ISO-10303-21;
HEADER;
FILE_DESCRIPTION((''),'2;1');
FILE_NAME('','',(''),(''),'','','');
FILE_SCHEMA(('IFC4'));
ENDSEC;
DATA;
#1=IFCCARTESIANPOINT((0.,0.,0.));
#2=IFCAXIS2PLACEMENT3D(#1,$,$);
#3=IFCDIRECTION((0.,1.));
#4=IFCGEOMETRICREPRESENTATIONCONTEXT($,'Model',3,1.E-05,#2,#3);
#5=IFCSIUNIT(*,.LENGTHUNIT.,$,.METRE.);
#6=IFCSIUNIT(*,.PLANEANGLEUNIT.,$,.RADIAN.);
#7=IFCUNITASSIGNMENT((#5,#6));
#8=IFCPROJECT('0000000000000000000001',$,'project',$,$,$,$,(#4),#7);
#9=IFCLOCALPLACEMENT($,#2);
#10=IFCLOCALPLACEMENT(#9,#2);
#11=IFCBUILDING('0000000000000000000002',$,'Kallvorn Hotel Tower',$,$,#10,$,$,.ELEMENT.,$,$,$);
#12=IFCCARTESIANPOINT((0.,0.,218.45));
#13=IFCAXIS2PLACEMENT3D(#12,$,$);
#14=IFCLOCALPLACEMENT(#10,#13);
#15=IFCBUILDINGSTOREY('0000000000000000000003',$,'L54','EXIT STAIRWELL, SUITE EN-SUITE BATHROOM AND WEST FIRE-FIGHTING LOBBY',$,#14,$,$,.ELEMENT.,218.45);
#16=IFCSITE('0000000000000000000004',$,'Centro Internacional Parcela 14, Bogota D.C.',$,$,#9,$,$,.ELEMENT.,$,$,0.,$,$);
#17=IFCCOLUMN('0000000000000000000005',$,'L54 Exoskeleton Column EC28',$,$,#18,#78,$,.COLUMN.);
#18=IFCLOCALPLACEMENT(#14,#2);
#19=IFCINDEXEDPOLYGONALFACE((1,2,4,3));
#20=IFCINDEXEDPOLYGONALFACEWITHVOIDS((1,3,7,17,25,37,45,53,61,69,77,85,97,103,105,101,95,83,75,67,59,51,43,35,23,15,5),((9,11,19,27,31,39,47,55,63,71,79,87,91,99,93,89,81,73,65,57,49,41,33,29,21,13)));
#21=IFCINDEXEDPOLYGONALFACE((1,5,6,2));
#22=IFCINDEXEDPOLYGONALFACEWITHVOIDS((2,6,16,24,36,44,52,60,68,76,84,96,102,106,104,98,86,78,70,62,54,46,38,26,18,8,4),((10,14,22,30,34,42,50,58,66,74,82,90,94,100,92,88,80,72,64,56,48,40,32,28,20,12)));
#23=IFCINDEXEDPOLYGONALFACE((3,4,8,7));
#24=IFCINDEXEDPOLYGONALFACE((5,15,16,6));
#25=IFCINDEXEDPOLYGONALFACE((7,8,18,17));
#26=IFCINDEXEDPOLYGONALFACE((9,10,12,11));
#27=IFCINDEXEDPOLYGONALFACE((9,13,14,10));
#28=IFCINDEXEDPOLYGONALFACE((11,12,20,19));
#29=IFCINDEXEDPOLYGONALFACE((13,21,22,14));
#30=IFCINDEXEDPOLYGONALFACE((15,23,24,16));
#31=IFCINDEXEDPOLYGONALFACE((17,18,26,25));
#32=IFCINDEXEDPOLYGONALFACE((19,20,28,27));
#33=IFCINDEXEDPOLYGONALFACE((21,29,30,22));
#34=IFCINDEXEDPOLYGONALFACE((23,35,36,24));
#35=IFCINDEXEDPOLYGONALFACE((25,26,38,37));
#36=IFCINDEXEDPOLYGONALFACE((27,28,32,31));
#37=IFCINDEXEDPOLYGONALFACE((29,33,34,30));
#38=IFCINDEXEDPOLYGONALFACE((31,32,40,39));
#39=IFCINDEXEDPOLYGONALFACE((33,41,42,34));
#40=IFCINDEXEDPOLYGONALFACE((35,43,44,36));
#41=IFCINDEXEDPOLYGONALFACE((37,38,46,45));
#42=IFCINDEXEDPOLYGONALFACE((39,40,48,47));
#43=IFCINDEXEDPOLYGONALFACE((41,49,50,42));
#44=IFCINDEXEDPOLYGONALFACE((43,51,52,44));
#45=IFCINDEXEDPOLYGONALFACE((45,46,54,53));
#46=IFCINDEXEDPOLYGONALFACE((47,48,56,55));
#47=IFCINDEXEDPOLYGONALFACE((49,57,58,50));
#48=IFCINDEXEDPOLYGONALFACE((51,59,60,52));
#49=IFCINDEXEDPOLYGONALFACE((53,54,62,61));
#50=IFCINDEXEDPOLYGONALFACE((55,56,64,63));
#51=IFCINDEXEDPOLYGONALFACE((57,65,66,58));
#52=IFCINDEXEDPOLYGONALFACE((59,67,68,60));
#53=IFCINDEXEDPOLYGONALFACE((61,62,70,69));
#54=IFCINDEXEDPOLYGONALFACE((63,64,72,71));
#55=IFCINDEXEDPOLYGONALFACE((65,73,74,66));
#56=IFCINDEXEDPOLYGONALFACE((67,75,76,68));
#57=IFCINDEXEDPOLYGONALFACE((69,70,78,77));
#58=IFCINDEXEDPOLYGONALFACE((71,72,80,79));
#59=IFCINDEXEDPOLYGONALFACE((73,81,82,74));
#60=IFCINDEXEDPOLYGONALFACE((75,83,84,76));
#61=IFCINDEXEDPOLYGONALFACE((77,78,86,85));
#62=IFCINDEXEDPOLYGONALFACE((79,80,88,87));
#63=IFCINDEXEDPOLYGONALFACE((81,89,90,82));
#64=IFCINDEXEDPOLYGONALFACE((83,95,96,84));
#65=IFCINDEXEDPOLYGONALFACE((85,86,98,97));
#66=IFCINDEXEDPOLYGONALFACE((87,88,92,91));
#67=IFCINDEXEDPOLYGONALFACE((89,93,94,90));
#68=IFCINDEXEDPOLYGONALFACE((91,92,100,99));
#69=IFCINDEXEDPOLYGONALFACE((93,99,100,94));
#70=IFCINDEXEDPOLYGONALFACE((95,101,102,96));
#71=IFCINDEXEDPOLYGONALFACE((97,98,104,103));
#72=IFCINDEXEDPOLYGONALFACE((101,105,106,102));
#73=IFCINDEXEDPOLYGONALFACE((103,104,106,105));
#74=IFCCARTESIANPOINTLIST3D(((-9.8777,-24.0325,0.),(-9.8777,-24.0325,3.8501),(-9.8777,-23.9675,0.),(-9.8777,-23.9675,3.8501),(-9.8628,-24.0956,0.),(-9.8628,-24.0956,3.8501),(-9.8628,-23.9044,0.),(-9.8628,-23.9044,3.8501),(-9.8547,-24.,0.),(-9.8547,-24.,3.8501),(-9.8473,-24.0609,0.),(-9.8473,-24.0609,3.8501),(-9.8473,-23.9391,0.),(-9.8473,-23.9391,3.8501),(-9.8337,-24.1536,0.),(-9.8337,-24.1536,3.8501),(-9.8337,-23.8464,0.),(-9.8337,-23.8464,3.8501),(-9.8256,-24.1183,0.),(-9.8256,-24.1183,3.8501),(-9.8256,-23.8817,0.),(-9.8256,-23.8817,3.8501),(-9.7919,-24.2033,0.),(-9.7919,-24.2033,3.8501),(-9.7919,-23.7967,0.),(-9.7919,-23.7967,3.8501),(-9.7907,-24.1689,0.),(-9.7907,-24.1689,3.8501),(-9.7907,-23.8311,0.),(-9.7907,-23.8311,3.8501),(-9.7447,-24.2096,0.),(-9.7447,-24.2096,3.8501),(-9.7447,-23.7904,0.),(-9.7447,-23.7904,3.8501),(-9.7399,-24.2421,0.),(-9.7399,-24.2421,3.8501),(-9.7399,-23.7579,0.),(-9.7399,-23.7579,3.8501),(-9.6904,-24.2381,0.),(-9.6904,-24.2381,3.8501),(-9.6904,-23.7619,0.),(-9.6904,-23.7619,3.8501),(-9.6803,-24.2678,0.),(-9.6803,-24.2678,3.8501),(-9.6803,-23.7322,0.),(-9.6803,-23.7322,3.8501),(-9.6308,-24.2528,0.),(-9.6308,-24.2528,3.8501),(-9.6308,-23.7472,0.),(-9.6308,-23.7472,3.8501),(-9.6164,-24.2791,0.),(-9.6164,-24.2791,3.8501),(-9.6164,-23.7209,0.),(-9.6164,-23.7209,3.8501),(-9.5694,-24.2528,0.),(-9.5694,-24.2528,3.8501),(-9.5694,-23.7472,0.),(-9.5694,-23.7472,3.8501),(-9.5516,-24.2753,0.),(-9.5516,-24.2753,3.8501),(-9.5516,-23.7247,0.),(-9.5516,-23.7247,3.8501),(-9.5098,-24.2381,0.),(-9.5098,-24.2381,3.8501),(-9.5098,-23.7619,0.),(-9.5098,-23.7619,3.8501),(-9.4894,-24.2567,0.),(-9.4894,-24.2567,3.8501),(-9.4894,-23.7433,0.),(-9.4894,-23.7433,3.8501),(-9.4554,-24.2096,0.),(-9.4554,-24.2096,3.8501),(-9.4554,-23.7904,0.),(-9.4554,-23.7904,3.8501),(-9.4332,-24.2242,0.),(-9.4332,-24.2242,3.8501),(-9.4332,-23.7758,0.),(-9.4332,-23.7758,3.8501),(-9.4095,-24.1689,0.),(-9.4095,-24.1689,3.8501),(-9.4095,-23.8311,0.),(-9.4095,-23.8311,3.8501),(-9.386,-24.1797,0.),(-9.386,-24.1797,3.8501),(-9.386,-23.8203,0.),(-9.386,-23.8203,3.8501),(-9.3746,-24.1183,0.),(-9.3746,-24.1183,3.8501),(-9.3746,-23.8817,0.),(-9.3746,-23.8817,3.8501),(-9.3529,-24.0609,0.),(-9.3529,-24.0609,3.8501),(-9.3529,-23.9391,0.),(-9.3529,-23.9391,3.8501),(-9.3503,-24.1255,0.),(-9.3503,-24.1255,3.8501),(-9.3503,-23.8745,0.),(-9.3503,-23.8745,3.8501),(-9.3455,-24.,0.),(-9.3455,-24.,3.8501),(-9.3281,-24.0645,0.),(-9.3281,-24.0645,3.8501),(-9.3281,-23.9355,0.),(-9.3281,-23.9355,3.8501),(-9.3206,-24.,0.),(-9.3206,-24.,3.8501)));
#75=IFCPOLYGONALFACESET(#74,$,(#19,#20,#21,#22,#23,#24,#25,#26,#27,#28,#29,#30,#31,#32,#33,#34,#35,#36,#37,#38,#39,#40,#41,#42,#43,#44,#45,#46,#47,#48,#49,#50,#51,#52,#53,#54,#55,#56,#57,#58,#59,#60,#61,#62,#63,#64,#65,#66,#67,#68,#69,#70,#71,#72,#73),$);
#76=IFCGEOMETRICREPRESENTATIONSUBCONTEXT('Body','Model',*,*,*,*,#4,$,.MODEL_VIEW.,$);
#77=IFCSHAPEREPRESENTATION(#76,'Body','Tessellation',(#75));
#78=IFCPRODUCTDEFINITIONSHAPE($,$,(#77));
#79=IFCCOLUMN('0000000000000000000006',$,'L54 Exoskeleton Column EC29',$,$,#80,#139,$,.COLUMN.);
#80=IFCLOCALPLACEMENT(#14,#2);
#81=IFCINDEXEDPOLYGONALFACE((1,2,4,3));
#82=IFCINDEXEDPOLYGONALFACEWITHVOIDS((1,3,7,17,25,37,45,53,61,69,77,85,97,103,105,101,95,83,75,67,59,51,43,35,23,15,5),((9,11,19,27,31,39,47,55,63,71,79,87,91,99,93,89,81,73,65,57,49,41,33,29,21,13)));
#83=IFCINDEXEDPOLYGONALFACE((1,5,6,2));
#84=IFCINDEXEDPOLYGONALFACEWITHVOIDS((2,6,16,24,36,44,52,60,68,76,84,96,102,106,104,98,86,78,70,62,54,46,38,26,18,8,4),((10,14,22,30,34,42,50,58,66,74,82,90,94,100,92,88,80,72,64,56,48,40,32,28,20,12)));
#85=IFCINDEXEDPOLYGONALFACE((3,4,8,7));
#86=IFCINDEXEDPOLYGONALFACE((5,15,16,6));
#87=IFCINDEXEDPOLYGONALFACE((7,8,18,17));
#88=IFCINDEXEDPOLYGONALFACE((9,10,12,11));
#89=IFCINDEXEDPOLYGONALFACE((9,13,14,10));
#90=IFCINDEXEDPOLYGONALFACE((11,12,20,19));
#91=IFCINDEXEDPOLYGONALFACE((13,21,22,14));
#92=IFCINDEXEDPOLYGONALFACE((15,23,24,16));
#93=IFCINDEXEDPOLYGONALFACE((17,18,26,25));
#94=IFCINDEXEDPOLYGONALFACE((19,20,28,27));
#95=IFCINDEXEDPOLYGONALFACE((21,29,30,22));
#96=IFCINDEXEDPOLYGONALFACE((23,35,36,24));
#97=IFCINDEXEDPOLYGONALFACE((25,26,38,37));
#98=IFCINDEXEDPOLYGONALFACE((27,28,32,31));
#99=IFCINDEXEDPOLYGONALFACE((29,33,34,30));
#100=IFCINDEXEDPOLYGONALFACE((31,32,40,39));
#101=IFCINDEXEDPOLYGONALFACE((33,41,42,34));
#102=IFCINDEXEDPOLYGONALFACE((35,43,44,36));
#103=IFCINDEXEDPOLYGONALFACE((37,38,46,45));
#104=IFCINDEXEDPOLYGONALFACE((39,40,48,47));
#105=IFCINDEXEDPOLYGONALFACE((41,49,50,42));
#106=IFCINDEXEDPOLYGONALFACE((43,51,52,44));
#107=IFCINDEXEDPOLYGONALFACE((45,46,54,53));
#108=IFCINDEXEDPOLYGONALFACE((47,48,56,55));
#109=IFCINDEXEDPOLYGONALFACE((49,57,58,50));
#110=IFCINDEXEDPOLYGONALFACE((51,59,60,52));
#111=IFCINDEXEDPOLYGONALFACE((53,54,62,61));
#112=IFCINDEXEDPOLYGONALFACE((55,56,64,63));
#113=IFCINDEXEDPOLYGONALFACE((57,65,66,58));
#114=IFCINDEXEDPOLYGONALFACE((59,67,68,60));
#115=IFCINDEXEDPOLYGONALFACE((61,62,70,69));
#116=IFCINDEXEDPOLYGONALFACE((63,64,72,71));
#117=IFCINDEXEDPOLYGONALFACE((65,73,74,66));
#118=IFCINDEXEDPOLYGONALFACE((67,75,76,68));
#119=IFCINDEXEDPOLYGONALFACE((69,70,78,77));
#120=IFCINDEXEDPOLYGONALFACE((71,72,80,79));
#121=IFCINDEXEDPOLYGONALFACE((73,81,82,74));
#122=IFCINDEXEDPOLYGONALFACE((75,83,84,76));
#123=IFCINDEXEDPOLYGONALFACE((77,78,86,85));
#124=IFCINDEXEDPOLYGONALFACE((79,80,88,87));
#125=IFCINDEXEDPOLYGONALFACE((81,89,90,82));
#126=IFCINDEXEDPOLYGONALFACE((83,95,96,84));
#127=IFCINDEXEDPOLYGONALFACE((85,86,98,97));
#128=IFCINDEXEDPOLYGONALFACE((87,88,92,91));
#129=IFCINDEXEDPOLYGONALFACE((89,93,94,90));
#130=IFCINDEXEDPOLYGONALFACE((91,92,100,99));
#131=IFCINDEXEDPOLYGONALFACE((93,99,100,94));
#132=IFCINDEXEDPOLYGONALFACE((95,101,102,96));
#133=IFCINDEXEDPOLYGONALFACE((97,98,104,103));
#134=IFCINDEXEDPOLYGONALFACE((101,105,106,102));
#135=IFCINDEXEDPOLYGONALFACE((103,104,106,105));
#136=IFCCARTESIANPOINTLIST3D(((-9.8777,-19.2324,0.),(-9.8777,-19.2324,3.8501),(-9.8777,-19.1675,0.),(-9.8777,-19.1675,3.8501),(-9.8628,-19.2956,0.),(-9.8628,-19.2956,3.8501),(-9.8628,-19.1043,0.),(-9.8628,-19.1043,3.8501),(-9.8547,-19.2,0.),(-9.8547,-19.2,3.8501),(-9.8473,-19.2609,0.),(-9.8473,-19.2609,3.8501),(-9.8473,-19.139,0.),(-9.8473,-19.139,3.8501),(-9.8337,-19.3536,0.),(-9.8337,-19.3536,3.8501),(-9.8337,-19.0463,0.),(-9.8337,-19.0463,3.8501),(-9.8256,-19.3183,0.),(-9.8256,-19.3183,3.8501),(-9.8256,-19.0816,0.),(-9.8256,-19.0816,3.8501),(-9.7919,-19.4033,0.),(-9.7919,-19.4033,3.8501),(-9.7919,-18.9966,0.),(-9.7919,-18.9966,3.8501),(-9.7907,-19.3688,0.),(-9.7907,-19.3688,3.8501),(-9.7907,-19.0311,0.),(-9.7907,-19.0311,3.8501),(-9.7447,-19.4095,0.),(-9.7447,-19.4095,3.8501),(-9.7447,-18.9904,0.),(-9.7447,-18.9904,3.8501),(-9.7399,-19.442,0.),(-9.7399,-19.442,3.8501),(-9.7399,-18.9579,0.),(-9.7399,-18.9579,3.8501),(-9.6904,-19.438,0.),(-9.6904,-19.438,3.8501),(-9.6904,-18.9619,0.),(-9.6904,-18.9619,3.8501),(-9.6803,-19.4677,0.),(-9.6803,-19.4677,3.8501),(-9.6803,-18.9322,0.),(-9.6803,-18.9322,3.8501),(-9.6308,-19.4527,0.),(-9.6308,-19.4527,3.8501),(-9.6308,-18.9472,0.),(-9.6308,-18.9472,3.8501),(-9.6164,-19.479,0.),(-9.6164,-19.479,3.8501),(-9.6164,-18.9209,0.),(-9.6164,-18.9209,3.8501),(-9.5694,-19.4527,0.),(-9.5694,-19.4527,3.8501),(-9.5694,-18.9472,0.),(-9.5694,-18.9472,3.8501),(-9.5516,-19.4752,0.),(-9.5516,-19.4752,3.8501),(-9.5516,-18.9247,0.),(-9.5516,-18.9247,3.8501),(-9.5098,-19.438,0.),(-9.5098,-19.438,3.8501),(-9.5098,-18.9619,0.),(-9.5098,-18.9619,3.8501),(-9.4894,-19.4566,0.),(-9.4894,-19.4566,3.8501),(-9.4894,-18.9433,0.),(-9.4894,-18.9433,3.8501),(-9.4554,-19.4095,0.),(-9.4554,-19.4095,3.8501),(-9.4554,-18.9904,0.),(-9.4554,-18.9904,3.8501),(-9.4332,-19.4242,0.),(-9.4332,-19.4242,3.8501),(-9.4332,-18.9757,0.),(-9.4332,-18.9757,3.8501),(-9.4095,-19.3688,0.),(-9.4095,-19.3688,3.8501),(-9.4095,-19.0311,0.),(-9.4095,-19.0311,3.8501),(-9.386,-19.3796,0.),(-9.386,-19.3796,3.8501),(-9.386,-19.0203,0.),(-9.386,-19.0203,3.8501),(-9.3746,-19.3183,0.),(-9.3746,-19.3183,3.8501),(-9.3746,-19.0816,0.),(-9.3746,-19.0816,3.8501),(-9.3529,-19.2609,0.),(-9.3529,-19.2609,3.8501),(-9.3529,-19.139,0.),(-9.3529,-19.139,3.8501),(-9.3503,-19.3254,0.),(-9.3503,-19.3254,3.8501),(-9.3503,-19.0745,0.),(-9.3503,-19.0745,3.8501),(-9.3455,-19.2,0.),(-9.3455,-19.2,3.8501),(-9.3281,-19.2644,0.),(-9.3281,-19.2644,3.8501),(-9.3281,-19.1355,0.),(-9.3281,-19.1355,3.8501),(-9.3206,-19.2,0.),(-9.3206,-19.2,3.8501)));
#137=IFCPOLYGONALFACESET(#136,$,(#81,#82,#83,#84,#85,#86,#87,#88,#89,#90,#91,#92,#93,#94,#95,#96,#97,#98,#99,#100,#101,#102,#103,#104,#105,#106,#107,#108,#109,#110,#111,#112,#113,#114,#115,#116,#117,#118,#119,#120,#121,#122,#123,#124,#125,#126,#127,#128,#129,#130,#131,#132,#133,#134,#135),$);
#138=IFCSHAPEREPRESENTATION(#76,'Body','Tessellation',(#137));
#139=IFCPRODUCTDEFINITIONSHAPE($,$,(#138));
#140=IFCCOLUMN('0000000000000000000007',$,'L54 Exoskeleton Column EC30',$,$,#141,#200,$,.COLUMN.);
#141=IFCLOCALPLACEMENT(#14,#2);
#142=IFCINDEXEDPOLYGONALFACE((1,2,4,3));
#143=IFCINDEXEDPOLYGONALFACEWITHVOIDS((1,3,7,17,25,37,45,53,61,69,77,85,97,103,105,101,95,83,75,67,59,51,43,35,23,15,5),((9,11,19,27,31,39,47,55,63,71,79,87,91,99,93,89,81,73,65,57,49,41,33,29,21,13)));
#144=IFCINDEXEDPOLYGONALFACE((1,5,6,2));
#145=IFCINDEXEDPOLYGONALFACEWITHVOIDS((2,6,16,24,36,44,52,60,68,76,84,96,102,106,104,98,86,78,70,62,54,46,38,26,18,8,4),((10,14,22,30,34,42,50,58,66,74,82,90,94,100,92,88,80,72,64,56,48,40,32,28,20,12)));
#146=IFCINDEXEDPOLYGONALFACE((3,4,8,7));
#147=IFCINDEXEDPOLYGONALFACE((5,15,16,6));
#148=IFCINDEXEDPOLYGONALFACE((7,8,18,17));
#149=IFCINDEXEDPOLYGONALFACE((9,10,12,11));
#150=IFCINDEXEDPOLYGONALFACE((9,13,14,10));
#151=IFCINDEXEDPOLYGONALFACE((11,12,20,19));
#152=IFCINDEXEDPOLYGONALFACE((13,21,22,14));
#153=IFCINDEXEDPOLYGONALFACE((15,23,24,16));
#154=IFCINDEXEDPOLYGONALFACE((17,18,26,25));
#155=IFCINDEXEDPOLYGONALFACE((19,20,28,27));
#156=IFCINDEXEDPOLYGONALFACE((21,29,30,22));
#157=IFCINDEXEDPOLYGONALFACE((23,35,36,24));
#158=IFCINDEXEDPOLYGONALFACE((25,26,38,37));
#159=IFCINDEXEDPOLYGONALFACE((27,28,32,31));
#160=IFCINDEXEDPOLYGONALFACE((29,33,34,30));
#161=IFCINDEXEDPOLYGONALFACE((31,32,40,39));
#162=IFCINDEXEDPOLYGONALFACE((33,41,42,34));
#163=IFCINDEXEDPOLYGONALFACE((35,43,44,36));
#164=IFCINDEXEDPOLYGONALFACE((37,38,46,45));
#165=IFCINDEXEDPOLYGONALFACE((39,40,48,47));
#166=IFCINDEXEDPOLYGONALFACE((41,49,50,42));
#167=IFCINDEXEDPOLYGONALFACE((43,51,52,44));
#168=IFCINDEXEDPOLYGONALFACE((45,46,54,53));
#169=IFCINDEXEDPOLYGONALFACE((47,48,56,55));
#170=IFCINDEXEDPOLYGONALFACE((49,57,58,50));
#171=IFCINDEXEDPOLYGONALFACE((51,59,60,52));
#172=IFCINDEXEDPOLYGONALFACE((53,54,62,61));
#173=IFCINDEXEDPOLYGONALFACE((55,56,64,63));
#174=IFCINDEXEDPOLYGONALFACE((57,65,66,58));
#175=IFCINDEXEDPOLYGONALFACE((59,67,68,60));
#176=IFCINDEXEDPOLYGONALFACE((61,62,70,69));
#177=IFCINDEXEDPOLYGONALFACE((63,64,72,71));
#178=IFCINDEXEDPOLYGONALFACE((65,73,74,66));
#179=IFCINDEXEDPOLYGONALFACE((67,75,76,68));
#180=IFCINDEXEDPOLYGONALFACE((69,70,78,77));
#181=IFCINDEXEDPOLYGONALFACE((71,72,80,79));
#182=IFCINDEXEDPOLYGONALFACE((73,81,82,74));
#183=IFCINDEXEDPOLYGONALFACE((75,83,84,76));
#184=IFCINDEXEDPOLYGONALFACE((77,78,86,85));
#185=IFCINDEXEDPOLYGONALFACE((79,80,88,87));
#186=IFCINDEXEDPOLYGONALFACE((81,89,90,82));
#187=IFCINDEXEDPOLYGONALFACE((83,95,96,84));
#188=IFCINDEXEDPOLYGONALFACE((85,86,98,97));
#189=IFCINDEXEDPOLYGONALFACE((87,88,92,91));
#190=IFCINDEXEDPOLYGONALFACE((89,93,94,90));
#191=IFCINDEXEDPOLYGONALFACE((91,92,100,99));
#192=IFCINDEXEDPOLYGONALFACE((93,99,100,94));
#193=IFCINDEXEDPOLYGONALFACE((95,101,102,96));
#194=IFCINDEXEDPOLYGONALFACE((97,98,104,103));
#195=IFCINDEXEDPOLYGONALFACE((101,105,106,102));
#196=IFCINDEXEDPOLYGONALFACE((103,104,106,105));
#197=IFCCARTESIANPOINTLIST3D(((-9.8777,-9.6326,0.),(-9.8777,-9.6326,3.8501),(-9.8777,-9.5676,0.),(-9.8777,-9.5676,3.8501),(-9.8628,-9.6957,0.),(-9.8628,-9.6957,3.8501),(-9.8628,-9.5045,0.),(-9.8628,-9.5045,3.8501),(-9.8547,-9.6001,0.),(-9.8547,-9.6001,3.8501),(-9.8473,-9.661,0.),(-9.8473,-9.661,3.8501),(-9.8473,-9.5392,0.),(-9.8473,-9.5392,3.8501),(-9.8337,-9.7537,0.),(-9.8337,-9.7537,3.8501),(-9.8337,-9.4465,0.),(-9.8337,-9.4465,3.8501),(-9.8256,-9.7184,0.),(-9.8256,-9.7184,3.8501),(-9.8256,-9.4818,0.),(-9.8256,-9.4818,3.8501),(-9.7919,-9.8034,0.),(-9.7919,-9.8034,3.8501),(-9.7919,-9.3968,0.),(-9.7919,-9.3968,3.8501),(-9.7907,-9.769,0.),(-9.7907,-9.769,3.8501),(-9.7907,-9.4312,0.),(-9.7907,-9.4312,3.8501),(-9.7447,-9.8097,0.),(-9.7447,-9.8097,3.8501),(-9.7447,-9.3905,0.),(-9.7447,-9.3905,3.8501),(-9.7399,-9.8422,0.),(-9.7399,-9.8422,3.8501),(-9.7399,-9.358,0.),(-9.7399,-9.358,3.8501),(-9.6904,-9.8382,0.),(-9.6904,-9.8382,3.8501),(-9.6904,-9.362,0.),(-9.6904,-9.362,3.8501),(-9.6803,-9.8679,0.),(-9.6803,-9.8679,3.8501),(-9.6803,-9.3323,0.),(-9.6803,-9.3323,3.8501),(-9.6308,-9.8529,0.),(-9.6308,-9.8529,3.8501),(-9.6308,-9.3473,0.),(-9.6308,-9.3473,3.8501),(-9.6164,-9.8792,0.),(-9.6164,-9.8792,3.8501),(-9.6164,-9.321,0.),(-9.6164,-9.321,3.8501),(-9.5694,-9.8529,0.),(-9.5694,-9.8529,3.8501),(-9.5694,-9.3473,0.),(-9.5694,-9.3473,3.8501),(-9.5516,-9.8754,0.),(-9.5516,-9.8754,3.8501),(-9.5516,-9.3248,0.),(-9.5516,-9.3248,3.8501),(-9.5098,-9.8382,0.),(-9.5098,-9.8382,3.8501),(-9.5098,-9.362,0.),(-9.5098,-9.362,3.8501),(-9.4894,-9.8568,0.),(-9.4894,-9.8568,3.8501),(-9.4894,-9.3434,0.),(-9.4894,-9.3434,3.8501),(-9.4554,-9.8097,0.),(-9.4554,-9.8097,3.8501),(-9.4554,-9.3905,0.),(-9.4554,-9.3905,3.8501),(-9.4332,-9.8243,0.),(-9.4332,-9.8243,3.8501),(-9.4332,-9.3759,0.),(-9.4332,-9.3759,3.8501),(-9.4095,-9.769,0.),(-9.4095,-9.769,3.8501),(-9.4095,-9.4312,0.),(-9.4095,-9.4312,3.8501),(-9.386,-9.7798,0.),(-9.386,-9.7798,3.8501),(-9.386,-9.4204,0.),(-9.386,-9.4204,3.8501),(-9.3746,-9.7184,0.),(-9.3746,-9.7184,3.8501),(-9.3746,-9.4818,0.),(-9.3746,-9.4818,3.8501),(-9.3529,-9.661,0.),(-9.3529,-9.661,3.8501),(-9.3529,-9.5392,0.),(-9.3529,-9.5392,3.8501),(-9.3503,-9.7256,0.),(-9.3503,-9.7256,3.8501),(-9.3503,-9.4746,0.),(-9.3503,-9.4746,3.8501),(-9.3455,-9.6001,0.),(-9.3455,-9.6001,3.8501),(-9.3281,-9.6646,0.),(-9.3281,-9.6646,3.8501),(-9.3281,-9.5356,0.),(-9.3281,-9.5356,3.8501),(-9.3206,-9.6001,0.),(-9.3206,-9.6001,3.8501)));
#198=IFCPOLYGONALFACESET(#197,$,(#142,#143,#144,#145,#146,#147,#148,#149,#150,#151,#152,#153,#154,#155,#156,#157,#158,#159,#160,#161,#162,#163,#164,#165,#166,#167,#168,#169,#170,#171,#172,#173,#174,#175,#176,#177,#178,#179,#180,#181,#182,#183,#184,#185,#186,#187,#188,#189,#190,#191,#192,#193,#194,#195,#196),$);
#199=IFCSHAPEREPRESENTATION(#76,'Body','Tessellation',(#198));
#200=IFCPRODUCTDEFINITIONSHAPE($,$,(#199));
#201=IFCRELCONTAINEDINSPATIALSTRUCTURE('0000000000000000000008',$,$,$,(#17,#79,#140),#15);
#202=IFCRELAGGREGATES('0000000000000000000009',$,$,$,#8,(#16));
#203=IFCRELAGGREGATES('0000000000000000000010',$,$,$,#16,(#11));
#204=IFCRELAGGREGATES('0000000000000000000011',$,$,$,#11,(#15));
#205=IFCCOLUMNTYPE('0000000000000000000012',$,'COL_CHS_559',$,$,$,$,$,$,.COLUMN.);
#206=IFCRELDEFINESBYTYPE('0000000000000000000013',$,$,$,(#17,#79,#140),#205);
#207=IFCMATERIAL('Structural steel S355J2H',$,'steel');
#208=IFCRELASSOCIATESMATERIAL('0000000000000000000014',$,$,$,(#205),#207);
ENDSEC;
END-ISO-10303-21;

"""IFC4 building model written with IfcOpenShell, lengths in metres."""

from ifc_helpers import new_model, si_unit, direction, frame, origin, origin_2d, place, context, subcontext, project, spatial, hollow_circle, extrude, material, material_profile, profile_set, type_object, element, save


model = new_model("IFC4")

# Units and contexts
model_context = context("Model", 3, precision=1e-05, world=origin(), true_north=direction((0.0, 1.0)))
body_context = subcontext(model_context, "Body", "Model", "MODEL_VIEW")
ifc_project = project(units=[si_unit("LENGTHUNIT", "METRE"), si_unit("PLANEANGLEUNIT", "RADIAN")], contexts=[model_context])

# Site, building, storey
site_placement = place(None, origin())
site = spatial("IfcSite", under=ifc_project, at=site_placement, Name="Centro Internacional Parcela 14, Bogota D.C.", CompositionType="ELEMENT", RefElevation=0.0)
building_placement = place(site_placement, origin())
building = spatial("IfcBuilding", under=site, at=building_placement, Name="Kallvorn Hotel Tower", CompositionType="ELEMENT")
storey_placement = place(building_placement, frame((0.0, 0.0, 218.45)))
storey = spatial("IfcBuildingStorey", under=building, at=storey_placement, Name="L54", Description="EXIT STAIRWELL, SUITE EN-SUITE BATHROOM AND WEST FIRE-FIGHTING LOBBY", CompositionType="ELEMENT", Elevation=218.45)

# Columns
ifc_material_1 = material(Name="Structural steel S355J2H", Category="steel")
ifc_material_profile_1 = material_profile(ifc_material_1, hollow_circle(Radius=0.2795, WallThickness=0.0249, at=origin_2d()), Name="CHS 559x25")
ifc_profile_set_1 = profile_set([ifc_material_profile_1], Name="Structural steel S355J2H")
column_type_1 = type_object("IfcColumnType", Name="COL_CHS_559", PredefinedType="COLUMN", material=ifc_profile_set_1)
for number, where, z_axis, x_axis, name in (
    (1, (-9.6001, -24.0, 0.0), (0.0, 0.0, 1.0), (1.0, 0.0, 0.0), "L54 Exoskeleton Column EC28"),
    (2, (-9.6001, -19.2, 0.0), (0.0, 0.0, 1.0), (1.0, 0.0, 0.0), "L54 Exoskeleton Column EC29"),
    (3, (-9.6001, -9.6001, 0.0), (0.0, 0.0, 1.0), (1.0, 0.0, 0.0), "L54 Exoskeleton Column EC30"),
):
    element("IfcColumn", number, at=place(storey_placement, frame(where, z_axis=z_axis, x_axis=x_axis)), inside=storey, type_object=column_type_1, Name=name, PredefinedType="COLUMN", context=body_context, shape_type="SweptSolid", body=[
        extrude(hollow_circle(Radius=0.2795, WallThickness=0.0249, at=origin_2d()), origin(), (0.0, 0.0, 1.0), 3.8501),
    ])

save(model, "model.ifc")
